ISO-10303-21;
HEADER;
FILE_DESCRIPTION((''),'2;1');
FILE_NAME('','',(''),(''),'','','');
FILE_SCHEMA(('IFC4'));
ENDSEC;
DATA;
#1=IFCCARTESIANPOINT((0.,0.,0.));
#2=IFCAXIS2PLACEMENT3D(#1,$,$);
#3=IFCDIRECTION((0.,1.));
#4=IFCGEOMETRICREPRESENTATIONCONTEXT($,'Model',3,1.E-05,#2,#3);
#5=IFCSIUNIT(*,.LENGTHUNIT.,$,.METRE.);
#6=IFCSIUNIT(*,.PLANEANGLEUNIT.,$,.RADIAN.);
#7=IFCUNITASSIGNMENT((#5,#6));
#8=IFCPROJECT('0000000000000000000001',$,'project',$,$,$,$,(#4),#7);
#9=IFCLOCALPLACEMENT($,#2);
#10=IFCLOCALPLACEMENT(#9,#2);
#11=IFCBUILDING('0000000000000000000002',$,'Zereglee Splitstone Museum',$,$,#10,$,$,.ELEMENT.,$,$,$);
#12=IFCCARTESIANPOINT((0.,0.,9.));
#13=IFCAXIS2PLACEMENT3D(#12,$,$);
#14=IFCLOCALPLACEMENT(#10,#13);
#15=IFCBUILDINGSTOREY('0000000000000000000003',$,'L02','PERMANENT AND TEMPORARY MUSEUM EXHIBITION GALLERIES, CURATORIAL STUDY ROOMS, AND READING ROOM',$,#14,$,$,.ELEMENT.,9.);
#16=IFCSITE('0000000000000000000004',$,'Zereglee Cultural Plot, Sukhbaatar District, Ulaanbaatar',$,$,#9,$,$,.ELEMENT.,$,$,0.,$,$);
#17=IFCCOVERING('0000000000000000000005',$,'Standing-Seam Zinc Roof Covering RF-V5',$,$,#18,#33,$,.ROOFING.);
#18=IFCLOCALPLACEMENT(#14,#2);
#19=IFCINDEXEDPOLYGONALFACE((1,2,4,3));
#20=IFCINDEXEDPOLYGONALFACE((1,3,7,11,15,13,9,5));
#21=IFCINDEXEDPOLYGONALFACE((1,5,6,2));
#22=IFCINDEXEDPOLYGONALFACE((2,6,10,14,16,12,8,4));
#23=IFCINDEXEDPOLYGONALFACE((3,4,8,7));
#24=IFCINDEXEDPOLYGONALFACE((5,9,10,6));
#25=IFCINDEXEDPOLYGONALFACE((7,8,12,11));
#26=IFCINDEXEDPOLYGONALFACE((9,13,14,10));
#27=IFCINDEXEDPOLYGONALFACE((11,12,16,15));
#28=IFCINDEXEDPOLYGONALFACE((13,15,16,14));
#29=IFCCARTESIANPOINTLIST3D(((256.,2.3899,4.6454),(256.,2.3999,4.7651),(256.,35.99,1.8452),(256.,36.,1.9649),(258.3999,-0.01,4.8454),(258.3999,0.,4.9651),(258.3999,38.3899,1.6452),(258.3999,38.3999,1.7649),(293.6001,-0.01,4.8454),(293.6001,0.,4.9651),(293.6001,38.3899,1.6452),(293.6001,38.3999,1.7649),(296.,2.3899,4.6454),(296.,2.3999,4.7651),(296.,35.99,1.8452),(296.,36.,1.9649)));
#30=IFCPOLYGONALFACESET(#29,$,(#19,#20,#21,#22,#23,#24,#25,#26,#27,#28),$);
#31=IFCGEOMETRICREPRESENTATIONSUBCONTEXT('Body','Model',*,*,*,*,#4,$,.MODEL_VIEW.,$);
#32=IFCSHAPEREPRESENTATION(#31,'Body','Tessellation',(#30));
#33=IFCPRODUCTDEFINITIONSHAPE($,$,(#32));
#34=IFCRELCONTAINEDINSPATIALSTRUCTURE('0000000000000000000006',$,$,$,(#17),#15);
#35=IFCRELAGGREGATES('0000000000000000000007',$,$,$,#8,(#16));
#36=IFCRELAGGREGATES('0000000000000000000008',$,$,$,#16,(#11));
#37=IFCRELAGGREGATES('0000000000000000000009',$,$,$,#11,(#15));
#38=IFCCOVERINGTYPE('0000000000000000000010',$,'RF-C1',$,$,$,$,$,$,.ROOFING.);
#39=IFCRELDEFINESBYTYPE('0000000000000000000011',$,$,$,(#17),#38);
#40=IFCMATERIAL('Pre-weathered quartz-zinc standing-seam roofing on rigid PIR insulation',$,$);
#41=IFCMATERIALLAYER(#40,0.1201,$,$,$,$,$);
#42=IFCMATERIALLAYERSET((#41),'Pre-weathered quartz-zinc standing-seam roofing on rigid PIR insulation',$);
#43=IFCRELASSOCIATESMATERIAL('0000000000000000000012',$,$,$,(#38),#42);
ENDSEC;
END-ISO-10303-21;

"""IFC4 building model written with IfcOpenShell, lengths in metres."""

from ifc_helpers import new_model, si_unit, direction, frame, origin, place, context, subcontext, project, spatial, polyline, outline, extrude, material, layer, layer_set, type_object, element, save


model = new_model("IFC4")

# Units and contexts
model_context = context("Model", 3, precision=1e-05, world=origin(), true_north=direction((0.0, 1.0)))
body_context = subcontext(model_context, "Body", "Model", "MODEL_VIEW")
ifc_project = project(units=[si_unit("LENGTHUNIT", "METRE"), si_unit("PLANEANGLEUNIT", "RADIAN")], contexts=[model_context])

# Site, building, storey
site_placement = place(None, origin())
site = spatial("IfcSite", under=ifc_project, at=site_placement, Name="Zereglee Cultural Plot, Sukhbaatar District, Ulaanbaatar", CompositionType="ELEMENT", RefElevation=0.0)
building_placement = place(site_placement, origin())
building = spatial("IfcBuilding", under=site, at=building_placement, Name="Zereglee Splitstone Museum", CompositionType="ELEMENT")
storey_placement = place(building_placement, frame((0.0, 0.0, 9.0)))
storey = spatial("IfcBuildingStorey", under=building, at=storey_placement, Name="L02", Description="PERMANENT AND TEMPORARY MUSEUM EXHIBITION GALLERIES, CURATORIAL STUDY ROOMS, AND READING ROOM", CompositionType="ELEMENT", Elevation=9.0)

# Covering
ifc_material_1 = material(Name="Pre-weathered quartz-zinc standing-seam roofing on rigid PIR insulation")
ifc_layer_1 = layer(ifc_material_1, 0.1201)
ifc_layer_set_1 = layer_set([ifc_layer_1], Name="Pre-weathered quartz-zinc standing-seam roofing on rigid PIR insulation")
covering_type_1 = type_object("IfcCoveringType", Name="RF-C1", PredefinedType="ROOFING", material=ifc_layer_set_1)
covering_1_placement = place(storey_placement, frame((258.3999, 0.0, 4.9651), z_axis=(0.0, 0.08305, 0.996545), x_axis=(1.0, 0.0, 0.0)))
element("IfcCovering", 1, at=covering_1_placement, inside=storey, type_object=covering_type_1, Name="Standing-Seam Zinc Roof Covering RF-V5", PredefinedType="ROOFING", context=body_context, shape_type="SweptSolid", body=[
    extrude(outline(polyline([(0.0, 0.0), (35.2002, 0.0), (37.6001, 2.4082), (37.6001, 36.1248), (35.2002, 38.533), (0.0, 38.533), (-2.3999, 36.1248), (-2.3999, 2.4082), (0.0, 0.0)])), origin(), (0.0, 0.0, -1.0), 0.1201),
])

save(model, "model.ifc")
